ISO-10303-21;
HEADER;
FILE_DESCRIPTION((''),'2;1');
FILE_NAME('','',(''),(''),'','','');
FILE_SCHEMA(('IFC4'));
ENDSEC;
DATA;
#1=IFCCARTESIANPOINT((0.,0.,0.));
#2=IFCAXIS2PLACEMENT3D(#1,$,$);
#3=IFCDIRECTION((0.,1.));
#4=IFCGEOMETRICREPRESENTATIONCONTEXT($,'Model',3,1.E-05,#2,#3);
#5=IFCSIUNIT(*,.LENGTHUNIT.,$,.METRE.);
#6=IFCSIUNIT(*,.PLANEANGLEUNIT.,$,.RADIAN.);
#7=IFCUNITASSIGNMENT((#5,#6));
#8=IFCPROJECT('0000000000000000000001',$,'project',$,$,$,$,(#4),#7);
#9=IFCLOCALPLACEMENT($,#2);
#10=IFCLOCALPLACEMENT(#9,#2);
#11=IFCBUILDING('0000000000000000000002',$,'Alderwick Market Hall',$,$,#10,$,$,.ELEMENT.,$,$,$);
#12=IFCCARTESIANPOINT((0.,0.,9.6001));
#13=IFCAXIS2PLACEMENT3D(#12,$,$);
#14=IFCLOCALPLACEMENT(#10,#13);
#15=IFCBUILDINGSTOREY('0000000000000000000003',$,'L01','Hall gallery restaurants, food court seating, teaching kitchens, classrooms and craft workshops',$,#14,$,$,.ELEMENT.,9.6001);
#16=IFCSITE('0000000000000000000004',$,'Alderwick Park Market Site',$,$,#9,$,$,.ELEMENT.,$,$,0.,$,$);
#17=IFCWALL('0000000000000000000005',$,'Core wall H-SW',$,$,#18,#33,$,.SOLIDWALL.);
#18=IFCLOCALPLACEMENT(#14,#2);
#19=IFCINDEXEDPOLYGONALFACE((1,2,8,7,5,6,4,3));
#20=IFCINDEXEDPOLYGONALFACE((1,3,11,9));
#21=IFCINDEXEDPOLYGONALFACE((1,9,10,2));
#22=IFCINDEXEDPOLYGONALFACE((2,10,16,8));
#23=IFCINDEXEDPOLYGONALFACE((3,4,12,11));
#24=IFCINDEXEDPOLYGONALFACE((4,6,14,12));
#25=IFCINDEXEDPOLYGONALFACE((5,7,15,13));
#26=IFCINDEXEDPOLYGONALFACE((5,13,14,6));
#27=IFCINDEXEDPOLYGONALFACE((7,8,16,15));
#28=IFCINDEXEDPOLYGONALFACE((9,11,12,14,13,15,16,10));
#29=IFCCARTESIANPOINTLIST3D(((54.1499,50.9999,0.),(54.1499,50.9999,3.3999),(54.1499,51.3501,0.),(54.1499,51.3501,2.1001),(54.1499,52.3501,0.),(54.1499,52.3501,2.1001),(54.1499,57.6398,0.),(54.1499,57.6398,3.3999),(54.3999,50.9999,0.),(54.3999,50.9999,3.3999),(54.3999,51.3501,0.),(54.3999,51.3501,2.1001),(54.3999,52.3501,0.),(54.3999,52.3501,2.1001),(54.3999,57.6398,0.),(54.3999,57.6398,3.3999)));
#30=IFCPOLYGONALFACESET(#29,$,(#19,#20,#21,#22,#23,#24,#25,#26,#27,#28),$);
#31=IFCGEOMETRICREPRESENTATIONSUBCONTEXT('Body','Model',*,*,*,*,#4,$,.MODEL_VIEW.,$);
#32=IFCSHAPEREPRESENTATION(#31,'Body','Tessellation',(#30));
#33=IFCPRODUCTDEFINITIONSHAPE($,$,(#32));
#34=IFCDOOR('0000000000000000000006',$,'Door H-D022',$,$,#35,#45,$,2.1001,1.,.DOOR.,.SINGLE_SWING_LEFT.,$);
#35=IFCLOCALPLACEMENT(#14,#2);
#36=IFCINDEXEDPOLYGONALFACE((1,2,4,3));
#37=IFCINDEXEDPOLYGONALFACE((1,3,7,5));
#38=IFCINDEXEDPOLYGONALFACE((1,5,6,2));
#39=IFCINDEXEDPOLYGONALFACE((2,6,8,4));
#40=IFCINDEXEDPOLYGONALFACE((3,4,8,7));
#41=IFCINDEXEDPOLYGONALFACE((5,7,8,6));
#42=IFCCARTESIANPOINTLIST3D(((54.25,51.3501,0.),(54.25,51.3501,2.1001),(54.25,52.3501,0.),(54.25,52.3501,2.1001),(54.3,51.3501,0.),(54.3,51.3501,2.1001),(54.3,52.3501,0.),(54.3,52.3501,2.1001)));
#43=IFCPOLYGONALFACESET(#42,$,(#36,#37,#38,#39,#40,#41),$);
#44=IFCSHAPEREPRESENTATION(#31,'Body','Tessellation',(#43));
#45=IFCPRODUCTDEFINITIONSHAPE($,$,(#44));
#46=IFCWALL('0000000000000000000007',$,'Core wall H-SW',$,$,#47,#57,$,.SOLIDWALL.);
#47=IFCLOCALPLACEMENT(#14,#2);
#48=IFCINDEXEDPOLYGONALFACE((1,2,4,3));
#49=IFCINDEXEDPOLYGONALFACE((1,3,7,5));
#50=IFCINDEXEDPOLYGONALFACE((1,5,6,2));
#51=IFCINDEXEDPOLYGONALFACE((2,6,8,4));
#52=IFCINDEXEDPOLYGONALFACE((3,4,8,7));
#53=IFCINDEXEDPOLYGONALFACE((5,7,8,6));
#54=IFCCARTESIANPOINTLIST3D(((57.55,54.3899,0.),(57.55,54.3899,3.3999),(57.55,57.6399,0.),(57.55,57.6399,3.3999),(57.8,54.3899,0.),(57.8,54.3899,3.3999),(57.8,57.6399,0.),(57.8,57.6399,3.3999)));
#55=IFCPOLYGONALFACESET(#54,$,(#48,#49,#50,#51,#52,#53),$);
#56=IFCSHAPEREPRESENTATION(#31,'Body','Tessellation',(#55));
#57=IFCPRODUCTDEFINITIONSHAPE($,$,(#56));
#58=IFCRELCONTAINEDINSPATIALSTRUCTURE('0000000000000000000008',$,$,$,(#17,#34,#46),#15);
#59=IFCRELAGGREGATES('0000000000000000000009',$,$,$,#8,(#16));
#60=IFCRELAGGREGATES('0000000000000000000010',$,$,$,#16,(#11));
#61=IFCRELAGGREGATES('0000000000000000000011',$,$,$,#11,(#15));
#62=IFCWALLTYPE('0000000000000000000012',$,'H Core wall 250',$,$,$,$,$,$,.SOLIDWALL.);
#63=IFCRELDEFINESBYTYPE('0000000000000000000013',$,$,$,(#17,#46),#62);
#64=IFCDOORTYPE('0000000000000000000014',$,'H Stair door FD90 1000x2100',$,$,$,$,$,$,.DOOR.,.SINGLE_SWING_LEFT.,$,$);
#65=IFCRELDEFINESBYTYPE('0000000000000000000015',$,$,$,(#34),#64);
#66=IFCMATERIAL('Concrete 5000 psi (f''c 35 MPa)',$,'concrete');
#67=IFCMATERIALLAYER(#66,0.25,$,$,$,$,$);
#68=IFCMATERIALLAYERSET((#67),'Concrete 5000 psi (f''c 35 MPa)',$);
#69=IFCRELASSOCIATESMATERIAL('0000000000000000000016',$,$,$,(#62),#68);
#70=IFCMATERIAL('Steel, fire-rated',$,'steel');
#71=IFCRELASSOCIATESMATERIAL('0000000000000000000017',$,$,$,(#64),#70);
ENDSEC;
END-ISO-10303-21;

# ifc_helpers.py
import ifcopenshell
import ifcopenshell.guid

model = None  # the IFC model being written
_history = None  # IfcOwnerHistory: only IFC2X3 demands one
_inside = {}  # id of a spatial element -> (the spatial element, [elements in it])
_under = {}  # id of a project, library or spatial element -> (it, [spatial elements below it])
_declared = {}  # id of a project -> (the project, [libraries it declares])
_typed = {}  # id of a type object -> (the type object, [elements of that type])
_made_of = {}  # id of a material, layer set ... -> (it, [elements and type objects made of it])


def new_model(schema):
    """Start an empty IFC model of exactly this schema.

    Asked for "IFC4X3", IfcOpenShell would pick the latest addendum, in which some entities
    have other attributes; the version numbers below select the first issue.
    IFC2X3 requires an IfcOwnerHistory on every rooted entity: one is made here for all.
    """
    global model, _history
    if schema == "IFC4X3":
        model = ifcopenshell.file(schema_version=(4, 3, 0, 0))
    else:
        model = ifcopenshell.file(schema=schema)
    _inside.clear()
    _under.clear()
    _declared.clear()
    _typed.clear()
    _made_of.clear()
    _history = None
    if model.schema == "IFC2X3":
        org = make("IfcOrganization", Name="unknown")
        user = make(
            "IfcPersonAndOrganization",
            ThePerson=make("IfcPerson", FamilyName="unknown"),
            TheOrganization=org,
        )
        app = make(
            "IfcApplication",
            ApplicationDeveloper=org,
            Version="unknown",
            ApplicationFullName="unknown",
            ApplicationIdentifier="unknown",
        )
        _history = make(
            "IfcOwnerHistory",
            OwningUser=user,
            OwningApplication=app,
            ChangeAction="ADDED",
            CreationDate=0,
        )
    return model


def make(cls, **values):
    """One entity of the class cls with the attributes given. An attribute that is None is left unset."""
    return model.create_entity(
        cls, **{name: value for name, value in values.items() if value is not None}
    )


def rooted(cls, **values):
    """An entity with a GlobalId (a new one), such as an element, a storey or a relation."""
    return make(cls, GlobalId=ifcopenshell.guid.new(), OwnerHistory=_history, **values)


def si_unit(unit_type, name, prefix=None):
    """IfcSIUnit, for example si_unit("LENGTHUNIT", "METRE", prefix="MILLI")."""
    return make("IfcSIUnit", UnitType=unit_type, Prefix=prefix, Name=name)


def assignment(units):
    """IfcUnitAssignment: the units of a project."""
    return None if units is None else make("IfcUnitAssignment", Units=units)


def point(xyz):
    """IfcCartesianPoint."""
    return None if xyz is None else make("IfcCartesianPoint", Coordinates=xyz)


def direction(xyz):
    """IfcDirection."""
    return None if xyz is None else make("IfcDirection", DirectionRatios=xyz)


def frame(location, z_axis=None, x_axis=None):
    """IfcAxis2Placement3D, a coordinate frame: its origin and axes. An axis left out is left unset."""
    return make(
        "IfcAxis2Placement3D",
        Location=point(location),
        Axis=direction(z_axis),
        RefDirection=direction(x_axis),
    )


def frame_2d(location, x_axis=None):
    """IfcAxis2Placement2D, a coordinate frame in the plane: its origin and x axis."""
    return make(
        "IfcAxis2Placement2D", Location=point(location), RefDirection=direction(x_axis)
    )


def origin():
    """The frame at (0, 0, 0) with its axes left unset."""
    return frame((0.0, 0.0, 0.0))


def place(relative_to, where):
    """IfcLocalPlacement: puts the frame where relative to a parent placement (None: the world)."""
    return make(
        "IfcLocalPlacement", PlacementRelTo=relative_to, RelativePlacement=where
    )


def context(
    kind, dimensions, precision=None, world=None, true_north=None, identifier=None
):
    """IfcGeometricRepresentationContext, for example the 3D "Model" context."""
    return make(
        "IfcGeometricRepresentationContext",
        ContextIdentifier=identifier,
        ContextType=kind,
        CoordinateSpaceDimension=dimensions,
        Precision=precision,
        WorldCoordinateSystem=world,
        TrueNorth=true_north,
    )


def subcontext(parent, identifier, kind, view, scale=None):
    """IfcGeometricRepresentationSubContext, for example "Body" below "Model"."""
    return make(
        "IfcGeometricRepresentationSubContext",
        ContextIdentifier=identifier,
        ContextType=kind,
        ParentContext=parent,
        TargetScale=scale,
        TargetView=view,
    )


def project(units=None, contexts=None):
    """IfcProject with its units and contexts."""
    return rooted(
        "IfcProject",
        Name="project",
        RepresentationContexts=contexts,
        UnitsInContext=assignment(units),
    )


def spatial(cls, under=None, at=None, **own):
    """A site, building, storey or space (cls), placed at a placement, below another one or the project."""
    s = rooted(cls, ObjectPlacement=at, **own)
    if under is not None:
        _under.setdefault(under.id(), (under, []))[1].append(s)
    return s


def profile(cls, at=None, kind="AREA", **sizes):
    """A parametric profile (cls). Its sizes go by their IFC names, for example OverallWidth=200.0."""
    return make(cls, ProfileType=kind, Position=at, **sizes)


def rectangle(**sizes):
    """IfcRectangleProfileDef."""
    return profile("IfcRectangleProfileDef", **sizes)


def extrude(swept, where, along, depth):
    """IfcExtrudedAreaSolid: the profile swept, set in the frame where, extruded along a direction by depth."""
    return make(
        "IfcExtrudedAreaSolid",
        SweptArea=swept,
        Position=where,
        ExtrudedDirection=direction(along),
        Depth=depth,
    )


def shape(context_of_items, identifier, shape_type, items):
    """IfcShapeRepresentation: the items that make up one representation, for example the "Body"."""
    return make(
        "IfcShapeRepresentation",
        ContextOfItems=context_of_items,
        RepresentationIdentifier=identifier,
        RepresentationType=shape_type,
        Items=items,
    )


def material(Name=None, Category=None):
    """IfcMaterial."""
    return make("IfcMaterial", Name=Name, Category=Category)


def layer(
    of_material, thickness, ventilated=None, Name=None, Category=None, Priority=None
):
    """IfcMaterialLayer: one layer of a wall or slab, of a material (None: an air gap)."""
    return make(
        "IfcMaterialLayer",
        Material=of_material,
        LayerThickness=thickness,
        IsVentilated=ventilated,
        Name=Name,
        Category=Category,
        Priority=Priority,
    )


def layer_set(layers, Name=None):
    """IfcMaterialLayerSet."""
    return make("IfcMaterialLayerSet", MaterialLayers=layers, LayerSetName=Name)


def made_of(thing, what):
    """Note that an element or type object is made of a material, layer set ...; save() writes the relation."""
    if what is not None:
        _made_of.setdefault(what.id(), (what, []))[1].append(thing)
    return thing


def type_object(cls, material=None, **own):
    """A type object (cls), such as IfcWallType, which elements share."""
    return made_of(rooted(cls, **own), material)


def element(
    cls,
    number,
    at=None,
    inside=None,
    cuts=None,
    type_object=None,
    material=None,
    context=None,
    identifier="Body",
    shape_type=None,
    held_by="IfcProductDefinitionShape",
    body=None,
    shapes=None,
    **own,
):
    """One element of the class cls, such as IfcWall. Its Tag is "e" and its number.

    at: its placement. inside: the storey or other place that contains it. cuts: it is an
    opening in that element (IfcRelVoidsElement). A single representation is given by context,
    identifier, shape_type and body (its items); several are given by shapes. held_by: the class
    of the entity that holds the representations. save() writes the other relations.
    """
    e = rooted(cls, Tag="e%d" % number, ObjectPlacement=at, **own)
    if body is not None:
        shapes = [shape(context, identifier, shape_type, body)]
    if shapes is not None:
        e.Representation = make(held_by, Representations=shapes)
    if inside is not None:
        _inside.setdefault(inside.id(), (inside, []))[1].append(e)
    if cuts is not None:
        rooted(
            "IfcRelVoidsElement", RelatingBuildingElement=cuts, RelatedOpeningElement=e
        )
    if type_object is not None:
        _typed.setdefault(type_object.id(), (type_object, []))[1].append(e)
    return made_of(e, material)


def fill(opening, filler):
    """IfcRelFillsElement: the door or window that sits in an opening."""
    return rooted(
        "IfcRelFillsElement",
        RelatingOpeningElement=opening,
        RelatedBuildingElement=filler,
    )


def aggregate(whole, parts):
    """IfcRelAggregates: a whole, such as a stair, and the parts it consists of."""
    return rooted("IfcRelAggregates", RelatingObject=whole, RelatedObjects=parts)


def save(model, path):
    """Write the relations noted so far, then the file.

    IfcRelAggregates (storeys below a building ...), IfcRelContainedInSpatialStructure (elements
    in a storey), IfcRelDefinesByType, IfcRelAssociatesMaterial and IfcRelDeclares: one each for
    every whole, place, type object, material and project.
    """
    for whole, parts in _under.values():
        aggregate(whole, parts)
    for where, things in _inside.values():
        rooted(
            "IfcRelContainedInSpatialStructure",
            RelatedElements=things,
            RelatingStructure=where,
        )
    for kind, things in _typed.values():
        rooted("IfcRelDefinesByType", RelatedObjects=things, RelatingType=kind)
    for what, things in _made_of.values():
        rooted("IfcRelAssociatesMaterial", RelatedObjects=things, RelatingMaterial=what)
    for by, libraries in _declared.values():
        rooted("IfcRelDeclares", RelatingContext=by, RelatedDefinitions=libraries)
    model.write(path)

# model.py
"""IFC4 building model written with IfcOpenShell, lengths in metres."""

from ifc_helpers import new_model, si_unit, direction, frame, frame_2d, origin, place, context, subcontext, project, spatial, rectangle, extrude, material, layer, layer_set, type_object, element, fill, save


model = new_model("IFC4")

# Units and contexts
model_context = context("Model", 3, precision=1e-05, world=origin(), true_north=direction((0.0, 1.0)))
body_context = subcontext(model_context, "Body", "Model", "MODEL_VIEW")
ifc_project = project(units=[si_unit("LENGTHUNIT", "METRE"), si_unit("PLANEANGLEUNIT", "RADIAN")], contexts=[model_context])

# Site, building, storey
site_placement = place(None, origin())
site = spatial("IfcSite", under=ifc_project, at=site_placement, Name="Alderwick Park Market Site", CompositionType="ELEMENT", RefElevation=0.0)
building_placement = place(site_placement, origin())
building = spatial("IfcBuilding", under=site, at=building_placement, Name="Alderwick Market Hall", CompositionType="ELEMENT")
storey_placement = place(building_placement, frame((0.0, 0.0, 9.6001)))
storey = spatial("IfcBuildingStorey", under=building, at=storey_placement, Name="L01", Description="Hall gallery restaurants, food court seating, teaching kitchens, classrooms and craft workshops", CompositionType="ELEMENT", Elevation=9.6001)

# Shared definitions
ifc_material_1 = material(Name="Concrete 5000 psi (f'c 35 MPa)", Category="concrete")

# Wall, opening, door
ifc_layer_1 = layer(ifc_material_1, 0.25)
ifc_layer_set_1 = layer_set([ifc_layer_1], Name="Concrete 5000 psi (f'c 35 MPa)")
wall_type_1 = type_object("IfcWallType", Name="H Core wall 250", PredefinedType="SOLIDWALL", material=ifc_layer_set_1)
wall_1_placement = place(storey_placement, frame((54.2749, 51.0, 0.0), z_axis=(0.0, 0.0, 1.0), x_axis=(0.0, 1.0, 0.0)))
wall_1 = element("IfcWall", 1, at=wall_1_placement, inside=storey, type_object=wall_type_1, Name="Core wall H-SW", PredefinedType="SOLIDWALL", context=body_context, shape_type="SweptSolid", body=[
    extrude(rectangle(XDim=6.6399, YDim=0.25, at=frame_2d((3.3198, 0.0))), origin(), (0.0, 0.0, 1.0), 3.3999),
])
opening_1_placement = place(wall_1_placement, frame((0.3501, 0.0, 0.0)))
opening_1 = element("IfcOpeningElement", 2, at=opening_1_placement, cuts=wall_1, PredefinedType="OPENING", context=body_context, shape_type="SweptSolid", body=[
    extrude(rectangle(XDim=1.0, YDim=2.1001, at=frame_2d((0.5, 1.05))), frame((0.0, 0.135, 0.0), z_axis=(0.0, -1.0, 0.0), x_axis=(1.0, 0.0, 0.0)), (0.0, 0.0, 1.0), 0.27),
])
ifc_material_2 = material(Name="Steel, fire-rated", Category="steel")
door_type = type_object("IfcDoorType", Name="H Stair door FD90 1000x2100", OperationType="SINGLE_SWING_LEFT", PredefinedType="DOOR", material=ifc_material_2)
door_placement = place(opening_1_placement, origin())
door = element("IfcDoor", 3, at=door_placement, inside=storey, type_object=door_type, Name="Door H-D022", OperationType="SINGLE_SWING_LEFT", OverallHeight=2.1001, OverallWidth=1.0, PredefinedType="DOOR", context=body_context, shape_type="SweptSolid", body=[
    extrude(rectangle(XDim=1.0, YDim=2.1001, at=frame_2d((0.5, 1.05))), frame((0.0, 0.0249, 0.0), z_axis=(0.0, -1.0, 0.0), x_axis=(1.0, 0.0, 0.0)), (0.0, 0.0, 1.0), 0.05),
])
fill(opening_1, door)

# Wall
wall_2_placement = place(storey_placement, frame((57.675, 54.3899, 0.0), z_axis=(0.0, 0.0, 1.0), x_axis=(0.0, 1.0, 0.0)))
element("IfcWall", 4, at=wall_2_placement, inside=storey, type_object=wall_type_1, Name="Core wall H-SW", PredefinedType="SOLIDWALL", context=body_context, shape_type="SweptSolid", body=[
    extrude(rectangle(XDim=3.25, YDim=0.25, at=frame_2d((1.625, 0.0))), origin(), (0.0, 0.0, 1.0), 3.3999),
])

save(model, "model.ifc")
